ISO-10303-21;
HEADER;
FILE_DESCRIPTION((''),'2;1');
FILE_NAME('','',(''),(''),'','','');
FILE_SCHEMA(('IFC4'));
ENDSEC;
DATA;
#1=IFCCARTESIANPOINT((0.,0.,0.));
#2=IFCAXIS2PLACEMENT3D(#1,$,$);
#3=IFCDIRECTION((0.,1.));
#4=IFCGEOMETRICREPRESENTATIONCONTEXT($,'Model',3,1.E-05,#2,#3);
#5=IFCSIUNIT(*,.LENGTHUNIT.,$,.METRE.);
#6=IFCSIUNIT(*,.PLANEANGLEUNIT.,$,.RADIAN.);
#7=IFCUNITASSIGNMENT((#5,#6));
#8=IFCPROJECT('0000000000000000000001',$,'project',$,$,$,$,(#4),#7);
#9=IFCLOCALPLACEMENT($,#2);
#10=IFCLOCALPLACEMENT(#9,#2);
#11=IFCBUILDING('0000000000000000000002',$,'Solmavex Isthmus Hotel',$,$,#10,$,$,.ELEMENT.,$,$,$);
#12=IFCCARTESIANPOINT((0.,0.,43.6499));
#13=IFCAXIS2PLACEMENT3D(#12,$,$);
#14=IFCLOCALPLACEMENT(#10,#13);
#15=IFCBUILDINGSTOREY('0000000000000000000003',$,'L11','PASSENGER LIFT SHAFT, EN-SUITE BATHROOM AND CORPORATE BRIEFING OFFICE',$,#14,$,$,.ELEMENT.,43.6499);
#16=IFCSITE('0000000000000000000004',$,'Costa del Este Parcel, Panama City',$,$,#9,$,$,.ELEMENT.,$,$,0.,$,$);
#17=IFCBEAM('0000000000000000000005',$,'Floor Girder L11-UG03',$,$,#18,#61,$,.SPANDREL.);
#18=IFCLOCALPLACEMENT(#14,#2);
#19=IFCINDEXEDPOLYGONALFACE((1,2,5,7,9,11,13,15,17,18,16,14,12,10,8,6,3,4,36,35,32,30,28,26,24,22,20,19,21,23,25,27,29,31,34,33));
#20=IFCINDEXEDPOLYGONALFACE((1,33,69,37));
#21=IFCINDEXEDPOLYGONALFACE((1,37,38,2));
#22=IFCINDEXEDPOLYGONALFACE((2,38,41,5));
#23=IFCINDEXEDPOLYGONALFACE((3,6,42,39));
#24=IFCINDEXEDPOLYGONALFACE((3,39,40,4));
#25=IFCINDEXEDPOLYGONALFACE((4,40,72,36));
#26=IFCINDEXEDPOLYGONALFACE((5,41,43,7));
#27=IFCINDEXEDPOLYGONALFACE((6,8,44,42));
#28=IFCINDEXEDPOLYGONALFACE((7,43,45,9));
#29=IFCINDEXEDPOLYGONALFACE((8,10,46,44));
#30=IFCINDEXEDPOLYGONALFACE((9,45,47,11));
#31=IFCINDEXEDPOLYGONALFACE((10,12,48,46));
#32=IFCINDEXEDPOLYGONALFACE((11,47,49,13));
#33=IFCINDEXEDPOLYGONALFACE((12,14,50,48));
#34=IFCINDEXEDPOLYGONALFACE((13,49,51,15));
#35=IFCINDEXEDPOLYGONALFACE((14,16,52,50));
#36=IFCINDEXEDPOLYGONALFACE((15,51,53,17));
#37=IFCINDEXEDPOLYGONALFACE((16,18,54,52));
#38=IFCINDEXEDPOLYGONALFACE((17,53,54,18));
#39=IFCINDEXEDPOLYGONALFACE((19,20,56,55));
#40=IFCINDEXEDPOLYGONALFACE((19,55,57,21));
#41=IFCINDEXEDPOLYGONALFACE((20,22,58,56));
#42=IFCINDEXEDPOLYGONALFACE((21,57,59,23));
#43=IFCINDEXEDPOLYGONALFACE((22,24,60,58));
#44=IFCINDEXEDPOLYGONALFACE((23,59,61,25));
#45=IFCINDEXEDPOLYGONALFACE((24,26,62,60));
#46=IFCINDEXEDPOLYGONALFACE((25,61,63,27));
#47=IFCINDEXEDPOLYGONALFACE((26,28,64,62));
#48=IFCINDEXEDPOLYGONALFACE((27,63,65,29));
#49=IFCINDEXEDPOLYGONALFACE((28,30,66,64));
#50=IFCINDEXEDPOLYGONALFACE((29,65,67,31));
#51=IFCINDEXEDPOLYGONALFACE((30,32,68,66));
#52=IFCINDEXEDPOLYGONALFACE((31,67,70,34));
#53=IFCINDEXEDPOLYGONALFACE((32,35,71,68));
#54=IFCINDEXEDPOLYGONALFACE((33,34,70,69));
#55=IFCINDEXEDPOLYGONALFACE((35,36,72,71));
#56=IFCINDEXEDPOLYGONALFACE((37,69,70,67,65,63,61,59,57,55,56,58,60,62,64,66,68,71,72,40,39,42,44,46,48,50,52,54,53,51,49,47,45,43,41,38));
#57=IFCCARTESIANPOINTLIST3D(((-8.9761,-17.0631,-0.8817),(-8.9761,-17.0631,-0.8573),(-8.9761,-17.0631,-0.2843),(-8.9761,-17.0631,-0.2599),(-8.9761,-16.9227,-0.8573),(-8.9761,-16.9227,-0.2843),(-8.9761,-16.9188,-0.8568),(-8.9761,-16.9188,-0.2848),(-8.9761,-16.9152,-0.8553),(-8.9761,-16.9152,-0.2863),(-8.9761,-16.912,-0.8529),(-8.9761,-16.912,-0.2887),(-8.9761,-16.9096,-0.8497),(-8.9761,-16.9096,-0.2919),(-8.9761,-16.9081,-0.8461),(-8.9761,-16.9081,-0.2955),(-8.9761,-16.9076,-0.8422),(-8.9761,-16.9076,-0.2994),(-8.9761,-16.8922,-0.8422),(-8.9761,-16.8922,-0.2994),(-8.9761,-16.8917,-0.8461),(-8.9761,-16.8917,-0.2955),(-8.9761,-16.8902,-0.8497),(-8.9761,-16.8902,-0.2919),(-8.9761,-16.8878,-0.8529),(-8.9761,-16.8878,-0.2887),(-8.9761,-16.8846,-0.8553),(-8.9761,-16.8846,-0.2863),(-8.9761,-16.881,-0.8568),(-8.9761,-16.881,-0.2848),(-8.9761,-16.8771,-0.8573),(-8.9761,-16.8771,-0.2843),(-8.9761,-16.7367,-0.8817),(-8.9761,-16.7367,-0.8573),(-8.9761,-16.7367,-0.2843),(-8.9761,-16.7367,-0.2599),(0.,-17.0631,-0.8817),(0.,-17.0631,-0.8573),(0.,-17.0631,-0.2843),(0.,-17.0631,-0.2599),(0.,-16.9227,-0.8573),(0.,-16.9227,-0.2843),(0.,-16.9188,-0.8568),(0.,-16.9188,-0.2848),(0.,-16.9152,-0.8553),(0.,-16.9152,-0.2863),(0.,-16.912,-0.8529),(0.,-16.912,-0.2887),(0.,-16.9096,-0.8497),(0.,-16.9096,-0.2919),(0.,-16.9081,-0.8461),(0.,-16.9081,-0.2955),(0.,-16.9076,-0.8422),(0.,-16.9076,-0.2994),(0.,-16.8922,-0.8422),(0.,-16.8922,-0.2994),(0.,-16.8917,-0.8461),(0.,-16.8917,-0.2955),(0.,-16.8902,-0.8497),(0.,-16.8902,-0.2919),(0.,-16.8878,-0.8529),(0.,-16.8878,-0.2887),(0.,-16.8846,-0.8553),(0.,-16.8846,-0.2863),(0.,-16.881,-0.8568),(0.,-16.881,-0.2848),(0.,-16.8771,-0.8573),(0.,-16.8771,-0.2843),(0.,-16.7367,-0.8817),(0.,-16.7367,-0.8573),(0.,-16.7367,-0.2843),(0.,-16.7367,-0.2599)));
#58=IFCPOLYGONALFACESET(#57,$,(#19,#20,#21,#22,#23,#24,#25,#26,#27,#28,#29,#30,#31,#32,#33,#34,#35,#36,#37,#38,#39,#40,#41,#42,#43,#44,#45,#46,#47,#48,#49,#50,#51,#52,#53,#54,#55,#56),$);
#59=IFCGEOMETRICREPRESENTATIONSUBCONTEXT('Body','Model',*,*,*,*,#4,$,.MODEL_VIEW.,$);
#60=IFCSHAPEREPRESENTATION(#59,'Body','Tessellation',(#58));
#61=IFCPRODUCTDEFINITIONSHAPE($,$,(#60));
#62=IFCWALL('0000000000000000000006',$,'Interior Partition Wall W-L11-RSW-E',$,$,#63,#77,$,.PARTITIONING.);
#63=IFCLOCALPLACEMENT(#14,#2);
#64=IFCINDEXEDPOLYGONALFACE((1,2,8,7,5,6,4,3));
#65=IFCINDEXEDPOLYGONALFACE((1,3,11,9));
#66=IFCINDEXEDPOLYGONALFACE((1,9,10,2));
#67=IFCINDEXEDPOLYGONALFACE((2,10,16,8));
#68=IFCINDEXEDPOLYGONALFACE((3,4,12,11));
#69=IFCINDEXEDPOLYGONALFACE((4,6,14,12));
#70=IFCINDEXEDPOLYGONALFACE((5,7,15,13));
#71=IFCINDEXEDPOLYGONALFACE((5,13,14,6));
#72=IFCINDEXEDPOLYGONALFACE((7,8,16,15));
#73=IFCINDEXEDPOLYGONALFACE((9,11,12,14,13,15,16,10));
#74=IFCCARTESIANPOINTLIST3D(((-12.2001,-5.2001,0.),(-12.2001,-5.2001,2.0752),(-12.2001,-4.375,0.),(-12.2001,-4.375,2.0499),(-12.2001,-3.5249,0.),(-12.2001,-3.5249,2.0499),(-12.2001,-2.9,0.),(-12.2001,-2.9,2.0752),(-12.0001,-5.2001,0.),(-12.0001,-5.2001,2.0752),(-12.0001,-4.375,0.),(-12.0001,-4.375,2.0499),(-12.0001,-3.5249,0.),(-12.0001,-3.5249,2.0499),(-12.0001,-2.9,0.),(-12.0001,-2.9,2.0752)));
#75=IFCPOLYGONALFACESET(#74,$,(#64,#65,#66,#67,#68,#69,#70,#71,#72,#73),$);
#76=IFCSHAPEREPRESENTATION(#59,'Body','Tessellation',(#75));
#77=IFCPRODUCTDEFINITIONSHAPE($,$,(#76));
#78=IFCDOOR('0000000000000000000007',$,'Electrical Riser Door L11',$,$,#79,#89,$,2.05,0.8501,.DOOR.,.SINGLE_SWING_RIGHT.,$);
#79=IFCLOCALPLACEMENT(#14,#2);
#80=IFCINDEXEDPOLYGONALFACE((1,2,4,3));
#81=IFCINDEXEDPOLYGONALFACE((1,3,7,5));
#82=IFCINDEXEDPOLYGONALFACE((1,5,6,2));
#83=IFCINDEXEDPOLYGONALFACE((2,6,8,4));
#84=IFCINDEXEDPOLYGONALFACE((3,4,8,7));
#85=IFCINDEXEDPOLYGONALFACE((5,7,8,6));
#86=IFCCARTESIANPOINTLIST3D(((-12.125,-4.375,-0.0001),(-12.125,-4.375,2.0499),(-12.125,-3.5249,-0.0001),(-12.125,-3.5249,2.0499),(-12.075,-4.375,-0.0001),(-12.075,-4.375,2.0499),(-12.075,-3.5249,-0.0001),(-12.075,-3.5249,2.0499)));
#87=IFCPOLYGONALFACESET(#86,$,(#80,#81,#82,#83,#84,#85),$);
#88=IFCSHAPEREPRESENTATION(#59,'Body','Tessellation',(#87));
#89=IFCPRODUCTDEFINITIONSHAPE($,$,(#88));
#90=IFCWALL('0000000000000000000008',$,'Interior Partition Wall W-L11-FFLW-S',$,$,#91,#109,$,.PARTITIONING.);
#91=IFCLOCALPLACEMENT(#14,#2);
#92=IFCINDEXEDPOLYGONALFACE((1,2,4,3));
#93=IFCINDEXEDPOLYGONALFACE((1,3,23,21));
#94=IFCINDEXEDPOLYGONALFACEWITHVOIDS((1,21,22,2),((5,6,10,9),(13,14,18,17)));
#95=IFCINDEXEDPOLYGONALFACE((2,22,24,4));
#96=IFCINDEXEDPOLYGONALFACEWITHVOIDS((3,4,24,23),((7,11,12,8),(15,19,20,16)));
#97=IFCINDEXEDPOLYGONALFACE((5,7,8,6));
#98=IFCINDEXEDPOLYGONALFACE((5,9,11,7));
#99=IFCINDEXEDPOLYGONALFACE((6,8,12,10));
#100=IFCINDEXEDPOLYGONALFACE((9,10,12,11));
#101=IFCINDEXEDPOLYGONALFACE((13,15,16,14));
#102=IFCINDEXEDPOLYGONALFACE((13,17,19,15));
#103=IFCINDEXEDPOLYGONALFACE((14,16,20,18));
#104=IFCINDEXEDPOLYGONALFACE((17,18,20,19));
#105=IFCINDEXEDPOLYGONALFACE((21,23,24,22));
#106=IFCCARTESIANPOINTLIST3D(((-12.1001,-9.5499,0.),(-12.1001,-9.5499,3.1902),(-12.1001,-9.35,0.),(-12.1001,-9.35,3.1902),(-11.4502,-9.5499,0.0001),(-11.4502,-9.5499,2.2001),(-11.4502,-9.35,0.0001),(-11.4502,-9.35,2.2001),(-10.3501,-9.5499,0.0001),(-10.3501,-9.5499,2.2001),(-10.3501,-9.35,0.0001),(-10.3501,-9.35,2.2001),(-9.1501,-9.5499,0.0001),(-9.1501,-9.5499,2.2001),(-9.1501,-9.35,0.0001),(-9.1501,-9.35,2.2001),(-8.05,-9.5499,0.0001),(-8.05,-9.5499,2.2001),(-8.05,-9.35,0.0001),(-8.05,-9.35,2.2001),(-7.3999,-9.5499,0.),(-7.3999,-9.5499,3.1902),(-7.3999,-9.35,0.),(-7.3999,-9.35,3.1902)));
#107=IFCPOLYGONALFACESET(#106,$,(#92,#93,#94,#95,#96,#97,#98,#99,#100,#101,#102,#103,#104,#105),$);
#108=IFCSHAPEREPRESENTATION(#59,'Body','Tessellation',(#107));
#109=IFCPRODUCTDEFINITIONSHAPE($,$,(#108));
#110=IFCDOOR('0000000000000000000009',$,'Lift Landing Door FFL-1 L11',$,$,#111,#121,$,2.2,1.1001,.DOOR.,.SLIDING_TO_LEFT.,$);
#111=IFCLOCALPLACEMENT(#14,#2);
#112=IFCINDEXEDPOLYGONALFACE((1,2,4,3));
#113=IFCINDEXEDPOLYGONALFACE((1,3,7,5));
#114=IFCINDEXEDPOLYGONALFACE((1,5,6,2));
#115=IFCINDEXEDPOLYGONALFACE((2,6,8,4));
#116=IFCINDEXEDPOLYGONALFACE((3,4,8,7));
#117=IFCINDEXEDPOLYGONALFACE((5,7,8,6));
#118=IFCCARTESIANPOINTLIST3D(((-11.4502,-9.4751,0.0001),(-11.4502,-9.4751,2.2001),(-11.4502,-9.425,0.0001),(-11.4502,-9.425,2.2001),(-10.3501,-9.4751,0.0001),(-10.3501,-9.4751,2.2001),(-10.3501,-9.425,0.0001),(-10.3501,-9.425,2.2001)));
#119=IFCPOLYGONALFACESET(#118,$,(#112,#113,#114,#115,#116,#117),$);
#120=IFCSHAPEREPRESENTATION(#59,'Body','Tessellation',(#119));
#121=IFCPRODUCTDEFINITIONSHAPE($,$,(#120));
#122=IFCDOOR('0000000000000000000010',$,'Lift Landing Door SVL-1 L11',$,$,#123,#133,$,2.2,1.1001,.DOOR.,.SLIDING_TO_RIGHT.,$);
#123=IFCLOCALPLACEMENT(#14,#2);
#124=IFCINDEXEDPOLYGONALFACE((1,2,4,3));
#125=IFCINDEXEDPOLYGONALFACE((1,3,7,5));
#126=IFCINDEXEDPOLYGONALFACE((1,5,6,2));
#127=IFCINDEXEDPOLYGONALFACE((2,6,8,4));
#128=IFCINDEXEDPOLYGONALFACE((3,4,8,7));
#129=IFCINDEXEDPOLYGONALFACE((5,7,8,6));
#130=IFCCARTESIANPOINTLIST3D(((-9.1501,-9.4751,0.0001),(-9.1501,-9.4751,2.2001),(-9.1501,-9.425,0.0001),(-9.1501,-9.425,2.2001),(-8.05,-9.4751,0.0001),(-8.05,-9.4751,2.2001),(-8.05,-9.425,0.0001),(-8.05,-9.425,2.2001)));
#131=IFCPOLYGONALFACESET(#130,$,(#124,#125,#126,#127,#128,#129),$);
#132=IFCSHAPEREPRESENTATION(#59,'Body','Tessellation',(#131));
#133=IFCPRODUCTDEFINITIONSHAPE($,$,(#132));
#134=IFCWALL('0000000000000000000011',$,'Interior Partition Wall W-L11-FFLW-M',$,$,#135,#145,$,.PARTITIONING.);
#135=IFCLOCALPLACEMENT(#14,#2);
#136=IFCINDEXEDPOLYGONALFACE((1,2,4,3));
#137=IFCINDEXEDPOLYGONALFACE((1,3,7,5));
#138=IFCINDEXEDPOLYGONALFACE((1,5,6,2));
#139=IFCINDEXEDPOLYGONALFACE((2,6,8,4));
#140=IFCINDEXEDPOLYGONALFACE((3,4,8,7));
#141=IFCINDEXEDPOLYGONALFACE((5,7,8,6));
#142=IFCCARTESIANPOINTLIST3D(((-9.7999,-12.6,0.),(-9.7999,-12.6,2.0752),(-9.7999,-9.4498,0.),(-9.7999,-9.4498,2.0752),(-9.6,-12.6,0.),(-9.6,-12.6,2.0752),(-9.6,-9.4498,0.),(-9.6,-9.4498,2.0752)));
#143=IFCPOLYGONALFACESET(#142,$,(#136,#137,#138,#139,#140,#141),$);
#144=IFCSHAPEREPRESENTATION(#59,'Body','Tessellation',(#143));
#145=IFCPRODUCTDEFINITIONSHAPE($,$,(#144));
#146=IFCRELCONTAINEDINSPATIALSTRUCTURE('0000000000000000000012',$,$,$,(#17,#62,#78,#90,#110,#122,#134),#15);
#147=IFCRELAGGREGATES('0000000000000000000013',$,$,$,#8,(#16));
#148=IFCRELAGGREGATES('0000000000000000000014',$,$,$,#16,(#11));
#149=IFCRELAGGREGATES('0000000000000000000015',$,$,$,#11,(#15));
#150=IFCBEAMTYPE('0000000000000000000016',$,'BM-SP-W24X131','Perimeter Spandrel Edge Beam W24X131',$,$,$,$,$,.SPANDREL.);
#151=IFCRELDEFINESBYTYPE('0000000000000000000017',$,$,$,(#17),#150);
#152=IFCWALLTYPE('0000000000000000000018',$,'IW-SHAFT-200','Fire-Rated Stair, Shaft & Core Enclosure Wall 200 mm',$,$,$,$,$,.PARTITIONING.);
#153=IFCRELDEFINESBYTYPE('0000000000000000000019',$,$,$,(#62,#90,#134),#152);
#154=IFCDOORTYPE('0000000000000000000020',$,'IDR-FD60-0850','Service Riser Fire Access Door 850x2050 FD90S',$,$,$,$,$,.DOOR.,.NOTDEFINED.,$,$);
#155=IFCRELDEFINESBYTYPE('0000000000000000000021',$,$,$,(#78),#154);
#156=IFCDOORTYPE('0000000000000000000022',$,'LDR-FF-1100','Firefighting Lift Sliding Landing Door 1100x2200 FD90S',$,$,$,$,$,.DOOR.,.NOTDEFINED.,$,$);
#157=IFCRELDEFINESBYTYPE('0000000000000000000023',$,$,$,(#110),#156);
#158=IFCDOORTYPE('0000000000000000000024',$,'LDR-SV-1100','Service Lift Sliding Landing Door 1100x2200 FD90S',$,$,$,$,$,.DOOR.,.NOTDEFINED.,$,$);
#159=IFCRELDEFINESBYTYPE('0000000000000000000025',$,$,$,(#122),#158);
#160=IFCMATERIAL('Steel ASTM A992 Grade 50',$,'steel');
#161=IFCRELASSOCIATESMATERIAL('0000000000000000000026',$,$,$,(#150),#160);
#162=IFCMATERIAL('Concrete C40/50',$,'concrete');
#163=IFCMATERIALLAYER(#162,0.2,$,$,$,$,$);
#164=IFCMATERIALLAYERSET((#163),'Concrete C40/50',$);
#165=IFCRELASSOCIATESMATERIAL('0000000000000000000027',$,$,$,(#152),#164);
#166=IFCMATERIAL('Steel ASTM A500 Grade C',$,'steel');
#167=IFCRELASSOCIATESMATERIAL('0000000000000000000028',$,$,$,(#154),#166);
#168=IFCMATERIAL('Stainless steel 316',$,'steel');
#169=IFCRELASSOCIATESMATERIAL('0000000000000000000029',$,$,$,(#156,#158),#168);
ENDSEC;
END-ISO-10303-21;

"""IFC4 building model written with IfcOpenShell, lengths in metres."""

from ifc_helpers import new_model, si_unit, direction, frame, frame_2d, origin, origin_2d, place, context, subcontext, project, spatial, rectangle, i_section, extrude, material, layer, layer_set, material_profile, profile_set, type_object, element, fill, save


model = new_model("IFC4")

# Units and contexts
model_context = context("Model", 3, precision=1e-05, world=origin(), true_north=direction((0.0, 1.0)))
body_context = subcontext(model_context, "Body", "Model", "MODEL_VIEW")
ifc_project = project(units=[si_unit("LENGTHUNIT", "METRE"), si_unit("PLANEANGLEUNIT", "RADIAN")], contexts=[model_context])

# Site, building, storey
site_placement = place(None, origin())
site = spatial("IfcSite", under=ifc_project, at=site_placement, Name="Costa del Este Parcel, Panama City", CompositionType="ELEMENT", RefElevation=0.0)
building_placement = place(site_placement, origin())
building = spatial("IfcBuilding", under=site, at=building_placement, Name="Solmavex Isthmus Hotel", CompositionType="ELEMENT")
storey_placement = place(building_placement, frame((0.0, 0.0, 43.6499)))
storey = spatial("IfcBuildingStorey", under=building, at=storey_placement, Name="L11", Description="PASSENGER LIFT SHAFT, EN-SUITE BATHROOM AND CORPORATE BRIEFING OFFICE", CompositionType="ELEMENT", Elevation=43.6499)

# Beam
ifc_material_1 = material(Name="Steel ASTM A992 Grade 50", Category="steel")
ifc_material_profile_1 = material_profile(ifc_material_1, i_section(OverallWidth=0.3264, OverallDepth=0.6218, WebThickness=0.0154, FlangeThickness=0.0244, FilletRadius=0.0151, at=origin_2d()), Name="W24X131")
ifc_profile_set_1 = profile_set([ifc_material_profile_1], Name="Steel ASTM A992 Grade 50")
beam_type_1 = type_object("IfcBeamType", Name="BM-SP-W24X131", Description="Perimeter Spandrel Edge Beam W24X131", PredefinedType="SPANDREL", material=ifc_profile_set_1)
beam_1_placement = place(storey_placement, frame((-8.9761, -16.8999, -0.5708), z_axis=(1.0, 0.0, 0.0), x_axis=(0.0, 1.0, 0.0)))
element("IfcBeam", 1, at=beam_1_placement, inside=storey, type_object=beam_type_1, Name="Floor Girder L11-UG03", PredefinedType="SPANDREL", context=body_context, shape_type="SweptSolid", body=[
    extrude(i_section(OverallWidth=0.3264, OverallDepth=0.6218, WebThickness=0.0154, FlangeThickness=0.0244, FilletRadius=0.0151, at=origin_2d()), origin(), (0.0, 0.0, 1.0), 8.9761),
])

# Wall, opening, door
ifc_material_2 = material(Name="Concrete C40/50", Category="concrete")
ifc_layer_1 = layer(ifc_material_2, 0.2)
ifc_layer_set_1 = layer_set([ifc_layer_1], Name="Concrete C40/50")
wall_type_1 = type_object("IfcWallType", Name="IW-SHAFT-200", Description="Fire-Rated Stair, Shaft & Core Enclosure Wall 200 mm", PredefinedType="PARTITIONING", material=ifc_layer_set_1)
wall_1_placement = place(storey_placement, frame((-12.1001, -5.2, 0.0), z_axis=(0.0, 0.0, 1.0), x_axis=(0.0, 1.0, 0.0)))
wall_1 = element("IfcWall", 2, at=wall_1_placement, inside=storey, type_object=wall_type_1, Name="Interior Partition Wall W-L11-RSW-E", PredefinedType="PARTITIONING", context=body_context, shape_type="SweptSolid", body=[
    extrude(rectangle(XDim=2.3, YDim=0.2, at=frame_2d((1.1499, 0.0))), origin(), (0.0, 0.0, 1.0), 2.0752),
])
opening_1_placement = place(wall_1_placement, frame((0.825, 0.0, 0.0)))
opening_1 = element("IfcOpeningElement", 3, at=opening_1_placement, cuts=wall_1, PredefinedType="OPENING", context=body_context, shape_type="SweptSolid", body=[
    extrude(rectangle(XDim=0.8501, YDim=2.05, at=frame_2d((0.425, 1.0249))), frame((0.0, 0.1099, 0.0), z_axis=(0.0, -1.0, 0.0), x_axis=(1.0, 0.0, 0.0)), (0.0, 0.0, 1.0), 0.22),
])
ifc_material_3 = material(Name="Steel ASTM A500 Grade C", Category="steel")
door_type_1 = type_object("IfcDoorType", Name="IDR-FD60-0850", Description="Service Riser Fire Access Door 850x2050 FD90S", OperationType="NOTDEFINED", PredefinedType="DOOR", material=ifc_material_3)
door_1_placement = place(opening_1_placement, origin())
door_1 = element("IfcDoor", 4, at=door_1_placement, inside=storey, type_object=door_type_1, Name="Electrical Riser Door L11", OperationType="SINGLE_SWING_RIGHT", OverallHeight=2.05, OverallWidth=0.8501, PredefinedType="DOOR", context=body_context, shape_type="SweptSolid", body=[
    extrude(rectangle(XDim=0.8501, YDim=2.05, at=frame_2d((0.425, 1.0249))), frame((0.0, 0.0249, 0.0), z_axis=(0.0, -1.0, 0.0), x_axis=(1.0, 0.0, 0.0)), (0.0, 0.0, 1.0), 0.05),
])
fill(opening_1, door_1)

# Wall, openings, doors
wall_2_placement = place(storey_placement, frame((-12.1001, -9.45, 0.0), z_axis=(0.0, 0.0, 1.0), x_axis=(1.0, 0.0, 0.0)))
wall_2 = element("IfcWall", 5, at=wall_2_placement, inside=storey, type_object=wall_type_1, Name="Interior Partition Wall W-L11-FFLW-S", PredefinedType="PARTITIONING", context=body_context, shape_type="SweptSolid", body=[
    extrude(rectangle(XDim=4.7002, YDim=0.2, at=frame_2d((2.3501, 0.0))), origin(), (0.0, 0.0, 1.0), 3.1902),
])
opening_2_placement = place(wall_2_placement, frame((0.6499, 0.0, 0.0)))
opening_2 = element("IfcOpeningElement", 6, at=opening_2_placement, cuts=wall_2, PredefinedType="OPENING", context=body_context, shape_type="SweptSolid", body=[
    extrude(rectangle(XDim=1.1001, YDim=2.2, at=frame_2d((0.55, 1.1001))), frame((0.0, 0.1099, 0.0), z_axis=(0.0, -1.0, 0.0), x_axis=(1.0, 0.0, 0.0)), (0.0, 0.0, 1.0), 0.22),
])
opening_3_placement = place(wall_2_placement, frame((2.95, 0.0, 0.0)))
opening_3 = element("IfcOpeningElement", 7, at=opening_3_placement, cuts=wall_2, PredefinedType="OPENING", context=body_context, shape_type="SweptSolid", body=[
    extrude(rectangle(XDim=1.1001, YDim=2.2, at=frame_2d((0.55, 1.1001))), frame((0.0, 0.1099, 0.0), z_axis=(0.0, -1.0, 0.0), x_axis=(1.0, 0.0, 0.0)), (0.0, 0.0, 1.0), 0.22),
])
ifc_material_4 = material(Name="Stainless steel 316", Category="steel")
door_type_2 = type_object("IfcDoorType", Name="LDR-FF-1100", Description="Firefighting Lift Sliding Landing Door 1100x2200 FD90S", OperationType="NOTDEFINED", PredefinedType="DOOR", material=ifc_material_4)
door_2_placement = place(opening_2_placement, origin())
door_2 = element("IfcDoor", 8, at=door_2_placement, inside=storey, type_object=door_type_2, Name="Lift Landing Door FFL-1 L11", OperationType="SLIDING_TO_LEFT", OverallHeight=2.2, OverallWidth=1.1001, PredefinedType="DOOR", context=body_context, shape_type="SweptSolid", body=[
    extrude(rectangle(XDim=1.1001, YDim=2.2, at=frame_2d((0.55, 1.1001))), frame((0.0, 0.0249, 0.0), z_axis=(0.0, -1.0, 0.0), x_axis=(1.0, 0.0, 0.0)), (0.0, 0.0, 1.0), 0.05),
])
fill(opening_2, door_2)
door_type_3 = type_object("IfcDoorType", Name="LDR-SV-1100", Description="Service Lift Sliding Landing Door 1100x2200 FD90S", OperationType="NOTDEFINED", PredefinedType="DOOR", material=ifc_material_4)
door_3_placement = place(opening_3_placement, origin())
door_3 = element("IfcDoor", 9, at=door_3_placement, inside=storey, type_object=door_type_3, Name="Lift Landing Door SVL-1 L11", OperationType="SLIDING_TO_RIGHT", OverallHeight=2.2, OverallWidth=1.1001, PredefinedType="DOOR", context=body_context, shape_type="SweptSolid", body=[
    extrude(rectangle(XDim=1.1001, YDim=2.2, at=frame_2d((0.55, 1.1001))), frame((0.0, 0.0249, 0.0), z_axis=(0.0, -1.0, 0.0), x_axis=(1.0, 0.0, 0.0)), (0.0, 0.0, 1.0), 0.05),
])
fill(opening_3, door_3)

# Wall
wall_3_placement = place(storey_placement, frame((-9.7, -12.6001, 0.0), z_axis=(0.0, 0.0, 1.0), x_axis=(0.0, 1.0, 0.0)))
element("IfcWall", 10, at=wall_3_placement, inside=storey, type_object=wall_type_1, Name="Interior Partition Wall W-L11-FFLW-M", PredefinedType="PARTITIONING", context=body_context, shape_type="SweptSolid", body=[
    extrude(rectangle(XDim=3.1501, YDim=0.2, at=frame_2d((1.5752, 0.0))), origin(), (0.0, 0.0, 1.0), 2.0752),
])

save(model, "model.ifc")
